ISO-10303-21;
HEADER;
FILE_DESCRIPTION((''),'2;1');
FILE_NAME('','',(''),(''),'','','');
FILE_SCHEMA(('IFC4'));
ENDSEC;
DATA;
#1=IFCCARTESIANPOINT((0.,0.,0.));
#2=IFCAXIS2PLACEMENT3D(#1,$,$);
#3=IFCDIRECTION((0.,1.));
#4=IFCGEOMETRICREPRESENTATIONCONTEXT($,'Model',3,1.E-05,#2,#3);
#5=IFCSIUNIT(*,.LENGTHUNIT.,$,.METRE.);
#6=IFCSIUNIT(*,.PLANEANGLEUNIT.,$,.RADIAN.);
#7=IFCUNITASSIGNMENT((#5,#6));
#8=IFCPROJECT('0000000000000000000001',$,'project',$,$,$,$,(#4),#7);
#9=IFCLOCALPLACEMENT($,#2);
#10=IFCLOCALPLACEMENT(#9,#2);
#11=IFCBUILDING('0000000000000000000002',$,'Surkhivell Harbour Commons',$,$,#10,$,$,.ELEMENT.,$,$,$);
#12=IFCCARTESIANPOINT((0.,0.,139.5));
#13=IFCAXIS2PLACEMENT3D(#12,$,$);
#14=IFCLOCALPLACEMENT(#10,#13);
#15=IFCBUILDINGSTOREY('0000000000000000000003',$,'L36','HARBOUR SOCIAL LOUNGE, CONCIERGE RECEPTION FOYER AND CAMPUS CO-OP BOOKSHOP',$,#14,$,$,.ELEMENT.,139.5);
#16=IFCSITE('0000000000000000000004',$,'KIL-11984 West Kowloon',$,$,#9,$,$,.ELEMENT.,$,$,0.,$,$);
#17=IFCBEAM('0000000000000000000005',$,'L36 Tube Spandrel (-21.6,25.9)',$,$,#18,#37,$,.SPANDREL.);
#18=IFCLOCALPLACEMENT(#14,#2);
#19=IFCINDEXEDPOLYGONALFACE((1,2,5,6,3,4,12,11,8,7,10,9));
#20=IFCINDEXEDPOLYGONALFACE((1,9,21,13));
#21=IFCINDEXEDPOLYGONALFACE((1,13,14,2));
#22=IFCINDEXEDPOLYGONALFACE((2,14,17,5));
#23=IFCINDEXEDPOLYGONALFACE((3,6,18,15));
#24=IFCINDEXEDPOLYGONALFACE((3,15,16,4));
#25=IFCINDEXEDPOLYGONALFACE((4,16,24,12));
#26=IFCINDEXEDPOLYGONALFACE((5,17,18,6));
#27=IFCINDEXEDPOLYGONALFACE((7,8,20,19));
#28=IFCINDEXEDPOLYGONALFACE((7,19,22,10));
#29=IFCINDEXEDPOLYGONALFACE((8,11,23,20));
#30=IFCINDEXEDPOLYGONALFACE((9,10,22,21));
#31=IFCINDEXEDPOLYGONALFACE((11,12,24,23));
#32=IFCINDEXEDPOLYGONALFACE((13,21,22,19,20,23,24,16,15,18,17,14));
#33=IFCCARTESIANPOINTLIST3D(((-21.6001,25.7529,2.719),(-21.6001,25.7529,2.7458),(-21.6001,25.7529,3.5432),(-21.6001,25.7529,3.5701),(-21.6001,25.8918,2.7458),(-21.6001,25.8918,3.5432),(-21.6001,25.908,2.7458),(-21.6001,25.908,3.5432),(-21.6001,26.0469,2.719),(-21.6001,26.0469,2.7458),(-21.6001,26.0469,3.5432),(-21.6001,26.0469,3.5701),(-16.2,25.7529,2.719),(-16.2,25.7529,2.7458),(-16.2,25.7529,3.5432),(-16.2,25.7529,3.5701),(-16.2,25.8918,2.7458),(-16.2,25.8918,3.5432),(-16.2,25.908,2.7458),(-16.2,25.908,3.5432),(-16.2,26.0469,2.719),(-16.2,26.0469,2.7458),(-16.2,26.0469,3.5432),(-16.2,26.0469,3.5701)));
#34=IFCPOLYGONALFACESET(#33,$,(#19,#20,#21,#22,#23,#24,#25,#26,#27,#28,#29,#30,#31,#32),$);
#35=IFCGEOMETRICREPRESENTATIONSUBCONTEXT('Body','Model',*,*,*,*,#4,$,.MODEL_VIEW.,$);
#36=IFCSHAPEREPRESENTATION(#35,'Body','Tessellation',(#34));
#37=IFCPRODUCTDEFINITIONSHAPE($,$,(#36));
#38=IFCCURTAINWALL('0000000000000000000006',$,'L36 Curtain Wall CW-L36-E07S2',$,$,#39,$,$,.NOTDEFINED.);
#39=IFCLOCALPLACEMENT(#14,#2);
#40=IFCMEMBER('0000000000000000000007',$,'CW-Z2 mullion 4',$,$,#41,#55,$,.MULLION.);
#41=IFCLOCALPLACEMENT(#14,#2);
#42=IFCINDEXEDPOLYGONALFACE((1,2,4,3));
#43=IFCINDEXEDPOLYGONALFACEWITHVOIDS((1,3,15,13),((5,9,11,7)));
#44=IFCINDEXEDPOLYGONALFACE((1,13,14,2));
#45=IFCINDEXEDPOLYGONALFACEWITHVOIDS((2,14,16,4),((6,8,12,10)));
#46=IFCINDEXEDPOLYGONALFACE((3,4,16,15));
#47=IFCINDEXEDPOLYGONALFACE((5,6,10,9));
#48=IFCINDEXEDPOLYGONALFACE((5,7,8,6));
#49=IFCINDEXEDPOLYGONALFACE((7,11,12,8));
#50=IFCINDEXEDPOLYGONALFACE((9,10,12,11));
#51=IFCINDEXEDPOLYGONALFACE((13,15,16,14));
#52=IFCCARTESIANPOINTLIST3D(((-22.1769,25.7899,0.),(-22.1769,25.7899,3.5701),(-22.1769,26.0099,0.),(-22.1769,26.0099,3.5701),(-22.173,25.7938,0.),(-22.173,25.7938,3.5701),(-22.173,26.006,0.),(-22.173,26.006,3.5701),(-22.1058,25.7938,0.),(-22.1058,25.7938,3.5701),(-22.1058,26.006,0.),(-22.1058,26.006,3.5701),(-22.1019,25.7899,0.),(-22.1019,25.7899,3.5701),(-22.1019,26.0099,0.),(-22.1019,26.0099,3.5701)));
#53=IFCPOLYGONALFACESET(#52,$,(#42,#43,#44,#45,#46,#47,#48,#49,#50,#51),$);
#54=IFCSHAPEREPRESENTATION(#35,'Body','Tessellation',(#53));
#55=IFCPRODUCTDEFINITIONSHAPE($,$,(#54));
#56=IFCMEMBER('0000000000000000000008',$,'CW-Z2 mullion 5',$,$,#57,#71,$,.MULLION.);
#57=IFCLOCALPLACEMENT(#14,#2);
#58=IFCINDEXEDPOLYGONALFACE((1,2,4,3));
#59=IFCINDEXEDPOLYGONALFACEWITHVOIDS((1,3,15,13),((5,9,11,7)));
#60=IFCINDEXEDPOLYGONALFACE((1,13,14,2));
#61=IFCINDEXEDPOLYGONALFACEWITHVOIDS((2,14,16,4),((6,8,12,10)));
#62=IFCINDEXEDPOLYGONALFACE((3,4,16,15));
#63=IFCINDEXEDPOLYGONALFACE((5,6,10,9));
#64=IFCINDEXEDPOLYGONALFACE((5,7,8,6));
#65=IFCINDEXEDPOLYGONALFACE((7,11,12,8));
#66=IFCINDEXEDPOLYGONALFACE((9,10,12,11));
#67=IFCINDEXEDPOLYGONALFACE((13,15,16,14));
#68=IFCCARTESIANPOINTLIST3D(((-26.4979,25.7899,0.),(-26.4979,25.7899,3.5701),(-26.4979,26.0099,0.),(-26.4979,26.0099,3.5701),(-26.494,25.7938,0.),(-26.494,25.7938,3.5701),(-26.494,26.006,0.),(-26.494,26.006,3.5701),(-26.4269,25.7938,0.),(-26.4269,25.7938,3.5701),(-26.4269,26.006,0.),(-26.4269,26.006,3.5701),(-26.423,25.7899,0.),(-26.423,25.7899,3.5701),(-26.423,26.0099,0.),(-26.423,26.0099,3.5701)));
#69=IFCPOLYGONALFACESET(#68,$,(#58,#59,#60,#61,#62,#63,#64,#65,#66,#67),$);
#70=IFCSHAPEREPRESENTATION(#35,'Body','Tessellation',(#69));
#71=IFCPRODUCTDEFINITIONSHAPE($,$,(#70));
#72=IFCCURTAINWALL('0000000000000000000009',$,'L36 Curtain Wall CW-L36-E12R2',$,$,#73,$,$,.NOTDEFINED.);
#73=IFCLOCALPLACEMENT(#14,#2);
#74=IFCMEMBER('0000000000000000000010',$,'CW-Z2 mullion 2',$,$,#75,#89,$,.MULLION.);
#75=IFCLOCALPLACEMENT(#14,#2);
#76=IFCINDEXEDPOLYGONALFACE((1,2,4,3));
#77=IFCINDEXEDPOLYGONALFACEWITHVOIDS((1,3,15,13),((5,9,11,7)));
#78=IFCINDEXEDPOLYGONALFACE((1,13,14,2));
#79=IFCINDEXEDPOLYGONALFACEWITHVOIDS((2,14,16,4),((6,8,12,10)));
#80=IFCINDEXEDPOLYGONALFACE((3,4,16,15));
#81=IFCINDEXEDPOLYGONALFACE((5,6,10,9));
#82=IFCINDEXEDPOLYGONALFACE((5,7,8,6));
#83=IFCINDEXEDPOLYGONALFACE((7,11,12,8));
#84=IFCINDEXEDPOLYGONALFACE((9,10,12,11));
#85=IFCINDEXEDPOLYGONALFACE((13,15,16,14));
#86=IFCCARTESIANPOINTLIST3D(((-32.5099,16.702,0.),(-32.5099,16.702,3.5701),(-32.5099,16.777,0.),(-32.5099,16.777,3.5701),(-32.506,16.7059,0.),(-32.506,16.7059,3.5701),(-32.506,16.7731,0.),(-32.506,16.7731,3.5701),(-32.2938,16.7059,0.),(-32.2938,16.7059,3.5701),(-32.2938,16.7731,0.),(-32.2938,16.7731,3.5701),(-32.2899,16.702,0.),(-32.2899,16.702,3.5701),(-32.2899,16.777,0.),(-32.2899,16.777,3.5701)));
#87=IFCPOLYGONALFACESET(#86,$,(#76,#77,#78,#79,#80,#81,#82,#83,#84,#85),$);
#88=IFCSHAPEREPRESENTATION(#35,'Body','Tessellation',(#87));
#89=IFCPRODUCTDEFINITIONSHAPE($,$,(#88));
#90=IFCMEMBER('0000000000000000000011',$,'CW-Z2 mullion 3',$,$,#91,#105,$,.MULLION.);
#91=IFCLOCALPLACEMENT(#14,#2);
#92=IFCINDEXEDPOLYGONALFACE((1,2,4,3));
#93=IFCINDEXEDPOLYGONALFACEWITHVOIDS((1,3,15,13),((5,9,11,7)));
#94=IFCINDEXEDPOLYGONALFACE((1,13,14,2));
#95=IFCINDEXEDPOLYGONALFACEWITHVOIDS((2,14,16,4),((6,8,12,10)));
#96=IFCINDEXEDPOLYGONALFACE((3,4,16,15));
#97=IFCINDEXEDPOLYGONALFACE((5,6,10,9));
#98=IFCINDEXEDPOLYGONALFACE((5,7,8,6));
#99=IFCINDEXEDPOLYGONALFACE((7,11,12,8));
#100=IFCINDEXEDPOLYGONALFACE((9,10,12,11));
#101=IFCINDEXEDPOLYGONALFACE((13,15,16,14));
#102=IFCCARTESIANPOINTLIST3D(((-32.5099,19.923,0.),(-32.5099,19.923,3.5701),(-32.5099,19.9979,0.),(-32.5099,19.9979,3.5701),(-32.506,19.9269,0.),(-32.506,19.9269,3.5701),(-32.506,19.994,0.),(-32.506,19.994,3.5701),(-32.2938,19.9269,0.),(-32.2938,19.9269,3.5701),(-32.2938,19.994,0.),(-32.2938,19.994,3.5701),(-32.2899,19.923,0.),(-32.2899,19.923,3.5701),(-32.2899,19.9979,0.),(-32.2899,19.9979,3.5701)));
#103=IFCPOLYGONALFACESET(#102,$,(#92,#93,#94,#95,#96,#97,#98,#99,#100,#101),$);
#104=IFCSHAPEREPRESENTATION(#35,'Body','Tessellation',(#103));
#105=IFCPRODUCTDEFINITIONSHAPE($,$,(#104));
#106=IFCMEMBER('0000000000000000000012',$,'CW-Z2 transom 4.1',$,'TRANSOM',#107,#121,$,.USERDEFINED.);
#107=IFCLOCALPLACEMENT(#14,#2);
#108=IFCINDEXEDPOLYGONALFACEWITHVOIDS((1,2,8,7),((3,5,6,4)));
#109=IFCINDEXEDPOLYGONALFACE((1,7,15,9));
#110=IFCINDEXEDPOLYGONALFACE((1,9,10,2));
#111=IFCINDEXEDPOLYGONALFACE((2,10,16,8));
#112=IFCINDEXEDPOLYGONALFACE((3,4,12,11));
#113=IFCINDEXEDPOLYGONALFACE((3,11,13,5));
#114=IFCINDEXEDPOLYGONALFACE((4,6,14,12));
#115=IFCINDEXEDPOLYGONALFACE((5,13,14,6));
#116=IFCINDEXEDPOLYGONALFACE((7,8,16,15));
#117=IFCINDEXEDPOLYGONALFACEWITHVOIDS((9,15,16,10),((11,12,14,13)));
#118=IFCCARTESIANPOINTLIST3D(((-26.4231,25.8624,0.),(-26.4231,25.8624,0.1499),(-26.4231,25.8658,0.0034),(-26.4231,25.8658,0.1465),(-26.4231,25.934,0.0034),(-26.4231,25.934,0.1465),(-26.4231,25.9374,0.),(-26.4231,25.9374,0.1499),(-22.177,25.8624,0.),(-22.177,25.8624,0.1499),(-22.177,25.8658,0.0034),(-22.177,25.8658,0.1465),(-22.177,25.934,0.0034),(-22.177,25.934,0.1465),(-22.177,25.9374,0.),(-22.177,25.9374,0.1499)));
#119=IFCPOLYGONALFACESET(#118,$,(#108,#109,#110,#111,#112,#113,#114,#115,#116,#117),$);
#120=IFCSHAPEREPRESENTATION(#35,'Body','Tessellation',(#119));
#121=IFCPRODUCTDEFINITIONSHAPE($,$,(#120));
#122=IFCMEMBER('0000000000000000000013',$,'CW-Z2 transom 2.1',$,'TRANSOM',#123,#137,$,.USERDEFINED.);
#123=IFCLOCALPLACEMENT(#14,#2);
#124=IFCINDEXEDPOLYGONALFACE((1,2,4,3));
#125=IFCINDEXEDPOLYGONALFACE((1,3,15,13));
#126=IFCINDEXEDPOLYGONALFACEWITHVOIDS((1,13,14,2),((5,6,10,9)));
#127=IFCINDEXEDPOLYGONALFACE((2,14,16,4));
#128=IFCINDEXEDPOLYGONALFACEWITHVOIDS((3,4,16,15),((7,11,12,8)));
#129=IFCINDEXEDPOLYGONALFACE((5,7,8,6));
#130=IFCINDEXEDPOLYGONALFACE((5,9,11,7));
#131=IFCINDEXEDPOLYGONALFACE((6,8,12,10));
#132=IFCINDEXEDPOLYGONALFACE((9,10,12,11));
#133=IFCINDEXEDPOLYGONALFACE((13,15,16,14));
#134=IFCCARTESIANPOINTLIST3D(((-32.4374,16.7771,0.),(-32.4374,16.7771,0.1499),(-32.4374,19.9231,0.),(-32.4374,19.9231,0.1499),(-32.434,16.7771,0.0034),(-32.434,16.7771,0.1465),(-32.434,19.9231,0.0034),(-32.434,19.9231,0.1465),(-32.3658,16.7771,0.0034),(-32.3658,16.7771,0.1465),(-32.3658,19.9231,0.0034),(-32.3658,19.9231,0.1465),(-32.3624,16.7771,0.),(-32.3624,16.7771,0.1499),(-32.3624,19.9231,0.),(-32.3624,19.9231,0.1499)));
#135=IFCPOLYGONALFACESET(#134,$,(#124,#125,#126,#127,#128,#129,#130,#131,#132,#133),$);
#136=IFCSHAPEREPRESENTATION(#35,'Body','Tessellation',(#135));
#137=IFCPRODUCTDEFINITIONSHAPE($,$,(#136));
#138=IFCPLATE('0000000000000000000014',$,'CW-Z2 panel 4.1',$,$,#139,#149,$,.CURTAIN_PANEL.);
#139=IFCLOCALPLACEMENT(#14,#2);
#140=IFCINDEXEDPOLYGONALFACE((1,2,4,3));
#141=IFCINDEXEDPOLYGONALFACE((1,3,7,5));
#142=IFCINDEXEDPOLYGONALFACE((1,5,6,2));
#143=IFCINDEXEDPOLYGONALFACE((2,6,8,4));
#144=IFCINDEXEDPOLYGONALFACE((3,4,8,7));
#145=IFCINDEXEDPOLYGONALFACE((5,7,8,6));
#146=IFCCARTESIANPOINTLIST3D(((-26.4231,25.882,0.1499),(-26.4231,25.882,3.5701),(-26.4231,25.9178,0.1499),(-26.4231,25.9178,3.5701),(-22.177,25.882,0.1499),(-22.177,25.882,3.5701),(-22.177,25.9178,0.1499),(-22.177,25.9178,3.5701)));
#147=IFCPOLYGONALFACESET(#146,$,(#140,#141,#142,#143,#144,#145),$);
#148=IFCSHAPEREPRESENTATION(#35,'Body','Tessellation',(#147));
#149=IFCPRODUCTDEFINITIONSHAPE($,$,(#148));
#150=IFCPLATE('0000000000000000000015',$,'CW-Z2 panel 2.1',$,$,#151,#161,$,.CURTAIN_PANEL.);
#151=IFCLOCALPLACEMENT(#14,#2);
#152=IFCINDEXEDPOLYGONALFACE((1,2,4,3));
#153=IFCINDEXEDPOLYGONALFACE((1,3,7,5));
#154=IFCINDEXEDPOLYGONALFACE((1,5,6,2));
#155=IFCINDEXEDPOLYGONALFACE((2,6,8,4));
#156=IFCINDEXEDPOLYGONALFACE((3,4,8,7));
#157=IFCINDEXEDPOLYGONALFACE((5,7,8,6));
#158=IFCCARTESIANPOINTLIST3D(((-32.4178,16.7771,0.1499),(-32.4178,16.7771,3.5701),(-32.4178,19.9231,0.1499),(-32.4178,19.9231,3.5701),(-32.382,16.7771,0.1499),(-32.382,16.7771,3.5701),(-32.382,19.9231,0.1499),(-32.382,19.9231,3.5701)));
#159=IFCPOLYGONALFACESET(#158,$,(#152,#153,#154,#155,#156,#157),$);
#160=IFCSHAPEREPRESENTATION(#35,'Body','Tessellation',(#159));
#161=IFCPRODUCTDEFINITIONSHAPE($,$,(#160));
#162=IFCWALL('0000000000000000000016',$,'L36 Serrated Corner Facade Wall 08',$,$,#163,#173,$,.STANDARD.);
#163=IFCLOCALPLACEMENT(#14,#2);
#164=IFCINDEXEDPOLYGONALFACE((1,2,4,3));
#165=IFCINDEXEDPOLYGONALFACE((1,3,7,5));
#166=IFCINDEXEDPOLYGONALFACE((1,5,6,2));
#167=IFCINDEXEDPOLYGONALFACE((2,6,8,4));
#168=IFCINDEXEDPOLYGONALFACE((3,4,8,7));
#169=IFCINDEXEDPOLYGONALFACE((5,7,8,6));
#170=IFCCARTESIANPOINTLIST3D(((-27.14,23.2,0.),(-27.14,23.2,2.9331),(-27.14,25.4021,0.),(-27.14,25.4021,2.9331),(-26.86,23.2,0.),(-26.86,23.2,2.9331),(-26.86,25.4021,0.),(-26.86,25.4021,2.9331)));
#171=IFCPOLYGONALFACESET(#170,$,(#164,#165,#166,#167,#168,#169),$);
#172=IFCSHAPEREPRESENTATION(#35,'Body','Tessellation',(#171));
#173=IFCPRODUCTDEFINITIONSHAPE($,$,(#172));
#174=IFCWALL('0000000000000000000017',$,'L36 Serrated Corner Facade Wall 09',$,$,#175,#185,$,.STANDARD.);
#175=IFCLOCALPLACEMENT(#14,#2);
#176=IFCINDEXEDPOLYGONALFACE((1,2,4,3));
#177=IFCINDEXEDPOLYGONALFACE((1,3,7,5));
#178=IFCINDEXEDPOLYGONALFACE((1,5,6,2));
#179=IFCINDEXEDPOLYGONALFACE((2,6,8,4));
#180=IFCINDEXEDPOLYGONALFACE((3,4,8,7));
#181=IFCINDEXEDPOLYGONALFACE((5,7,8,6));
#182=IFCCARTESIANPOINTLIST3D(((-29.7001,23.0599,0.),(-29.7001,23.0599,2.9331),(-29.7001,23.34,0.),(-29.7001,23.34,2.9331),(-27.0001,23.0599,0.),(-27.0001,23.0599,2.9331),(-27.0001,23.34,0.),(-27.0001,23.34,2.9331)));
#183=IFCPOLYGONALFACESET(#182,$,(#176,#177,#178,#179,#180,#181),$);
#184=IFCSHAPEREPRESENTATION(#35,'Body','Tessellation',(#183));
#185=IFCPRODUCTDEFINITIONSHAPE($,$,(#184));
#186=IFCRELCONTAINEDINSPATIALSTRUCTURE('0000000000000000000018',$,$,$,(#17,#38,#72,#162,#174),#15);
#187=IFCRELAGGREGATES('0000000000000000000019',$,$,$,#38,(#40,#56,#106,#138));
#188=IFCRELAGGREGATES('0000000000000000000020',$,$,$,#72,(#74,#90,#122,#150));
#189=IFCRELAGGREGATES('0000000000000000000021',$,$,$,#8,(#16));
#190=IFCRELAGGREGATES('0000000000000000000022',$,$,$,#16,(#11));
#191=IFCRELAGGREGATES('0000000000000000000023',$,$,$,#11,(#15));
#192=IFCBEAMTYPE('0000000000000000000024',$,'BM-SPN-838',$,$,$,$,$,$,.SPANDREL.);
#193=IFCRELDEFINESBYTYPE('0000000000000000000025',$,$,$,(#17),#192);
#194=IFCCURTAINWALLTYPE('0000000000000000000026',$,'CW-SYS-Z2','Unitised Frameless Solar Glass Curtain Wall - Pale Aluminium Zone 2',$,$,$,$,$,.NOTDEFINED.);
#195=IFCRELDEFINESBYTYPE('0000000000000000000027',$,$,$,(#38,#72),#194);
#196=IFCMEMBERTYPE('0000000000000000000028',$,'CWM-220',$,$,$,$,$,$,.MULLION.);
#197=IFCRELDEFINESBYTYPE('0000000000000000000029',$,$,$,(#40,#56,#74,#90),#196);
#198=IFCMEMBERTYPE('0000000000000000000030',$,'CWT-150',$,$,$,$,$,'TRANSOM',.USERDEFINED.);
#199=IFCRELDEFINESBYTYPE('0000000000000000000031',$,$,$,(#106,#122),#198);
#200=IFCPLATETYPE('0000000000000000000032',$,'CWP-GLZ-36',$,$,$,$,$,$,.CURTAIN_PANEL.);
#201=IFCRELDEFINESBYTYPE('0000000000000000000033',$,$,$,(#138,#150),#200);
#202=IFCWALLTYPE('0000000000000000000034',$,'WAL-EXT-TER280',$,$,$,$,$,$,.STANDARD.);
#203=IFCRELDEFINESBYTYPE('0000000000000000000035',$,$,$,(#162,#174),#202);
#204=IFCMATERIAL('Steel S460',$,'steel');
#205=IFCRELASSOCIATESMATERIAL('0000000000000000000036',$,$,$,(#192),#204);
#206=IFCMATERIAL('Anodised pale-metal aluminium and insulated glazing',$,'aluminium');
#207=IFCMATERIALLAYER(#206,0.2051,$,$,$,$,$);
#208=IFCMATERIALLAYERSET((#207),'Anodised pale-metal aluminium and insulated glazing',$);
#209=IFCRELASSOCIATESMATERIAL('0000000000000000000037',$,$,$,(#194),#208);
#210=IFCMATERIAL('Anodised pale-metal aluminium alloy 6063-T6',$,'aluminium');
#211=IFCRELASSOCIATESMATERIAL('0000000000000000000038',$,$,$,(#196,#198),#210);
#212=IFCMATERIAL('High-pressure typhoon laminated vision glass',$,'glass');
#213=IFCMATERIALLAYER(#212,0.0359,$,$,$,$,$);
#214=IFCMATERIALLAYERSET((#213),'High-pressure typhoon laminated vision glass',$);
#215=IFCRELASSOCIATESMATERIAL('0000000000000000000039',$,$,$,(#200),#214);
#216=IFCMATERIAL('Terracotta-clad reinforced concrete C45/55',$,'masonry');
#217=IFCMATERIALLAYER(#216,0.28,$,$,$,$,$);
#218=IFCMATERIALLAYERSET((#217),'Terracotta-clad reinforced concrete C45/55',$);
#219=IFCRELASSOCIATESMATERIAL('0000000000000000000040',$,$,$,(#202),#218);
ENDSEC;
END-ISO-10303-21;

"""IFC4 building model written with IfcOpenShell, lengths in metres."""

from ifc_helpers import new_model, si_unit, direction, frame, frame_2d, origin, origin_2d, place, context, subcontext, project, spatial, rectangle, hollow_rectangle, i_section, extrude, material, layer, layer_set, material_profile, profile_set, type_object, element, aggregate, save


model = new_model("IFC4")

# Units and contexts
model_context = context("Model", 3, precision=1e-05, world=origin(), true_north=direction((0.0, 1.0)))
body_context = subcontext(model_context, "Body", "Model", "MODEL_VIEW")
ifc_project = project(units=[si_unit("LENGTHUNIT", "METRE"), si_unit("PLANEANGLEUNIT", "RADIAN")], contexts=[model_context])

# Site, building, storey
site_placement = place(None, origin())
site = spatial("IfcSite", under=ifc_project, at=site_placement, Name="KIL-11984 West Kowloon", CompositionType="ELEMENT", RefElevation=0.0)
building_placement = place(site_placement, origin())
building = spatial("IfcBuilding", under=site, at=building_placement, Name="Surkhivell Harbour Commons", CompositionType="ELEMENT")
storey_placement = place(building_placement, frame((0.0, 0.0, 139.5)))
storey = spatial("IfcBuildingStorey", under=building, at=storey_placement, Name="L36", Description="HARBOUR SOCIAL LOUNGE, CONCIERGE RECEPTION FOYER AND CAMPUS CO-OP BOOKSHOP", CompositionType="ELEMENT", Elevation=139.5)

# Beam
ifc_material_1 = material(Name="Steel S460", Category="steel")
ifc_material_profile_1 = material_profile(ifc_material_1, i_section(OverallWidth=0.2939, OverallDepth=0.8511, WebThickness=0.0161, FlangeThickness=0.0269, at=origin_2d()), Name="UB838x292x226")
ifc_profile_set_1 = profile_set([ifc_material_profile_1], Name="Steel S460")
beam_type_1 = type_object("IfcBeamType", Name="BM-SPN-838", PredefinedType="SPANDREL", material=ifc_profile_set_1)
beam_1_placement = place(storey_placement, frame((-21.6001, 25.8999, 3.1445), z_axis=(1.0, 0.0, 0.0), x_axis=(0.0, 1.0, 0.0)))
element("IfcBeam", 1, at=beam_1_placement, inside=storey, type_object=beam_type_1, Name="L36 Tube Spandrel (-21.6,25.9)", PredefinedType="SPANDREL", context=body_context, shape_type="SweptSolid", body=[
    extrude(i_section(OverallWidth=0.2939, OverallDepth=0.8511, WebThickness=0.0161, FlangeThickness=0.0269, at=origin_2d()), origin(), (0.0, 0.0, 1.0), 5.4001),
])

# Curtain walls, members
ifc_material_2 = material(Name="Anodised pale-metal aluminium and insulated glazing", Category="aluminium")
ifc_layer_1 = layer(ifc_material_2, 0.2051)
ifc_layer_set_1 = layer_set([ifc_layer_1], Name="Anodised pale-metal aluminium and insulated glazing")
curtain_wall_type = type_object("IfcCurtainWallType", Name="CW-SYS-Z2", Description="Unitised Frameless Solar Glass Curtain Wall - Pale Aluminium Zone 2", PredefinedType="NOTDEFINED", material=ifc_layer_set_1)
curtain_wall_1_placement = place(storey_placement, origin())
curtain_wall_1 = element("IfcCurtainWall", 2, at=curtain_wall_1_placement, inside=storey, type_object=curtain_wall_type, Name="L36 Curtain Wall CW-L36-E07S2", PredefinedType="NOTDEFINED")
ifc_material_3 = material(Name="Anodised pale-metal aluminium alloy 6063-T6", Category="aluminium")
ifc_material_profile_2 = material_profile(ifc_material_3, hollow_rectangle(XDim=0.075, YDim=0.22, WallThickness=0.0039, at=origin_2d()), Name="ALU-MULL-75x220")
ifc_profile_set_2 = profile_set([ifc_material_profile_2], Name="Anodised pale-metal aluminium alloy 6063-T6")
member_type_1 = type_object("IfcMemberType", Name="CWM-220", PredefinedType="MULLION", material=ifc_profile_set_2)
member_1_placement = place(storey_placement, frame((-22.1394, 25.8999, 0.0), z_axis=(0.0, 0.0, 1.0), x_axis=(-1.0, 0.0, 0.0)))
member_1 = element("IfcMember", 3, at=member_1_placement, type_object=member_type_1, Name="CW-Z2 mullion 4", PredefinedType="MULLION", context=body_context, shape_type="SweptSolid", body=[
    extrude(hollow_rectangle(XDim=0.075, YDim=0.22, WallThickness=0.0039, at=origin_2d()), origin(), (0.0, 0.0, 1.0), 3.5701),
])
member_2_placement = place(storey_placement, frame((-26.4604, 25.8999, 0.0), z_axis=(0.0, 0.0, 1.0), x_axis=(-1.0, 0.0, 0.0)))
member_2 = element("IfcMember", 4, at=member_2_placement, type_object=member_type_1, Name="CW-Z2 mullion 5", PredefinedType="MULLION", context=body_context, shape_type="SweptSolid", body=[
    extrude(hollow_rectangle(XDim=0.075, YDim=0.22, WallThickness=0.0039, at=origin_2d()), origin(), (0.0, 0.0, 1.0), 3.5701),
])
curtain_wall_2_placement = place(storey_placement, origin())
curtain_wall_2 = element("IfcCurtainWall", 5, at=curtain_wall_2_placement, inside=storey, type_object=curtain_wall_type, Name="L36 Curtain Wall CW-L36-E12R2", PredefinedType="NOTDEFINED")
member_3_placement = place(storey_placement, frame((-32.3999, 16.7395, 0.0), z_axis=(0.0, 0.0, 1.0), x_axis=(0.0, 1.0, 0.0)))
member_3 = element("IfcMember", 6, at=member_3_placement, type_object=member_type_1, Name="CW-Z2 mullion 2", PredefinedType="MULLION", context=body_context, shape_type="SweptSolid", body=[
    extrude(hollow_rectangle(XDim=0.075, YDim=0.22, WallThickness=0.0039, at=origin_2d()), origin(), (0.0, 0.0, 1.0), 3.5701),
])
member_4_placement = place(storey_placement, frame((-32.3999, 19.9604, 0.0), z_axis=(0.0, 0.0, 1.0), x_axis=(0.0, 1.0, 0.0)))
member_4 = element("IfcMember", 7, at=member_4_placement, type_object=member_type_1, Name="CW-Z2 mullion 3", PredefinedType="MULLION", context=body_context, shape_type="SweptSolid", body=[
    extrude(hollow_rectangle(XDim=0.075, YDim=0.22, WallThickness=0.0039, at=origin_2d()), origin(), (0.0, 0.0, 1.0), 3.5701),
])

# Members
ifc_material_profile_3 = material_profile(ifc_material_3, hollow_rectangle(XDim=0.075, YDim=0.1499, WallThickness=0.0034, at=origin_2d()), Name="ALU-TRAN-75x150")
ifc_profile_set_3 = profile_set([ifc_material_profile_3], Name="Anodised pale-metal aluminium alloy 6063-T6")
member_type_2 = type_object("IfcMemberType", Name="CWT-150", ElementType="TRANSOM", PredefinedType="USERDEFINED", material=ifc_profile_set_3)
member_5_placement = place(storey_placement, frame((-22.177, 25.8999, 0.075), z_axis=(-1.0, 0.0, 0.0), x_axis=(0.0, -1.0, 0.0)))
member_5 = element("IfcMember", 8, at=member_5_placement, type_object=member_type_2, Name="CW-Z2 transom 4.1", ObjectType="TRANSOM", PredefinedType="USERDEFINED", context=body_context, shape_type="SweptSolid", body=[
    extrude(hollow_rectangle(XDim=0.075, YDim=0.1499, WallThickness=0.0034, at=origin_2d()), origin(), (0.0, 0.0, 1.0), 4.2461),
])
member_6_placement = place(storey_placement, frame((-32.3999, 16.7771, 0.075), z_axis=(0.0, 1.0, 0.0), x_axis=(-1.0, 0.0, 0.0)))
member_6 = element("IfcMember", 9, at=member_6_placement, type_object=member_type_2, Name="CW-Z2 transom 2.1", ObjectType="TRANSOM", PredefinedType="USERDEFINED", context=body_context, shape_type="SweptSolid", body=[
    extrude(hollow_rectangle(XDim=0.075, YDim=0.1499, WallThickness=0.0034, at=origin_2d()), origin(), (0.0, 0.0, 1.0), 3.146),
])

# Plates
ifc_material_4 = material(Name="High-pressure typhoon laminated vision glass", Category="glass")
ifc_layer_2 = layer(ifc_material_4, 0.0359)
ifc_layer_set_2 = layer_set([ifc_layer_2], Name="High-pressure typhoon laminated vision glass")
plate_type = type_object("IfcPlateType", Name="CWP-GLZ-36", PredefinedType="CURTAIN_PANEL", material=ifc_layer_set_2)
plate_1_placement = place(storey_placement, frame((-22.177, 25.8999, 0.1499), z_axis=(0.0, 0.0, 1.0), x_axis=(-1.0, 0.0, 0.0)))
plate_1 = element("IfcPlate", 10, at=plate_1_placement, type_object=plate_type, Name="CW-Z2 panel 4.1", PredefinedType="CURTAIN_PANEL", context=body_context, shape_type="SweptSolid", body=[
    extrude(rectangle(XDim=4.2461, YDim=0.0359, at=frame_2d((2.123, 0.0))), origin(), (0.0, 0.0, 1.0), 3.4202),
])
aggregate(curtain_wall_1, [member_1, member_2, member_5, plate_1])
plate_2_placement = place(storey_placement, frame((-32.3999, 16.7771, 0.1499), z_axis=(0.0, 0.0, 1.0), x_axis=(0.0, 1.0, 0.0)))
plate_2 = element("IfcPlate", 11, at=plate_2_placement, type_object=plate_type, Name="CW-Z2 panel 2.1", PredefinedType="CURTAIN_PANEL", context=body_context, shape_type="SweptSolid", body=[
    extrude(rectangle(XDim=3.146, YDim=0.0359, at=frame_2d((1.573, 0.0))), origin(), (0.0, 0.0, 1.0), 3.4202),
])
aggregate(curtain_wall_2, [member_3, member_4, member_6, plate_2])

# Walls
ifc_material_5 = material(Name="Terracotta-clad reinforced concrete C45/55", Category="masonry")
ifc_layer_3 = layer(ifc_material_5, 0.28)
ifc_layer_set_3 = layer_set([ifc_layer_3], Name="Terracotta-clad reinforced concrete C45/55")
wall_type = type_object("IfcWallType", Name="WAL-EXT-TER280", PredefinedType="STANDARD", material=ifc_layer_set_3)
wall_1_placement = place(storey_placement, frame((-27.0, 25.4021, 0.0), z_axis=(0.0, 0.0, 1.0), x_axis=(0.0, -1.0, 0.0)))
element("IfcWall", 12, at=wall_1_placement, inside=storey, type_object=wall_type, Name="L36 Serrated Corner Facade Wall 08", PredefinedType="STANDARD", context=body_context, shape_type="SweptSolid", body=[
    extrude(rectangle(XDim=2.2021, YDim=0.28, at=frame_2d((1.1011, 0.0))), origin(), (0.0, 0.0, 1.0), 2.9331),
])
wall_2_placement = place(storey_placement, frame((-27.0, 23.2, 0.0), z_axis=(0.0, 0.0, 1.0), x_axis=(-1.0, 0.0, 0.0)))
element("IfcWall", 13, at=wall_2_placement, inside=storey, type_object=wall_type, Name="L36 Serrated Corner Facade Wall 09", PredefinedType="STANDARD", context=body_context, shape_type="SweptSolid", body=[
    extrude(rectangle(XDim=2.7, YDim=0.28, at=frame_2d((1.3501, 0.0))), origin(), (0.0, 0.0, 1.0), 2.9331),
])

save(model, "model.ifc")
